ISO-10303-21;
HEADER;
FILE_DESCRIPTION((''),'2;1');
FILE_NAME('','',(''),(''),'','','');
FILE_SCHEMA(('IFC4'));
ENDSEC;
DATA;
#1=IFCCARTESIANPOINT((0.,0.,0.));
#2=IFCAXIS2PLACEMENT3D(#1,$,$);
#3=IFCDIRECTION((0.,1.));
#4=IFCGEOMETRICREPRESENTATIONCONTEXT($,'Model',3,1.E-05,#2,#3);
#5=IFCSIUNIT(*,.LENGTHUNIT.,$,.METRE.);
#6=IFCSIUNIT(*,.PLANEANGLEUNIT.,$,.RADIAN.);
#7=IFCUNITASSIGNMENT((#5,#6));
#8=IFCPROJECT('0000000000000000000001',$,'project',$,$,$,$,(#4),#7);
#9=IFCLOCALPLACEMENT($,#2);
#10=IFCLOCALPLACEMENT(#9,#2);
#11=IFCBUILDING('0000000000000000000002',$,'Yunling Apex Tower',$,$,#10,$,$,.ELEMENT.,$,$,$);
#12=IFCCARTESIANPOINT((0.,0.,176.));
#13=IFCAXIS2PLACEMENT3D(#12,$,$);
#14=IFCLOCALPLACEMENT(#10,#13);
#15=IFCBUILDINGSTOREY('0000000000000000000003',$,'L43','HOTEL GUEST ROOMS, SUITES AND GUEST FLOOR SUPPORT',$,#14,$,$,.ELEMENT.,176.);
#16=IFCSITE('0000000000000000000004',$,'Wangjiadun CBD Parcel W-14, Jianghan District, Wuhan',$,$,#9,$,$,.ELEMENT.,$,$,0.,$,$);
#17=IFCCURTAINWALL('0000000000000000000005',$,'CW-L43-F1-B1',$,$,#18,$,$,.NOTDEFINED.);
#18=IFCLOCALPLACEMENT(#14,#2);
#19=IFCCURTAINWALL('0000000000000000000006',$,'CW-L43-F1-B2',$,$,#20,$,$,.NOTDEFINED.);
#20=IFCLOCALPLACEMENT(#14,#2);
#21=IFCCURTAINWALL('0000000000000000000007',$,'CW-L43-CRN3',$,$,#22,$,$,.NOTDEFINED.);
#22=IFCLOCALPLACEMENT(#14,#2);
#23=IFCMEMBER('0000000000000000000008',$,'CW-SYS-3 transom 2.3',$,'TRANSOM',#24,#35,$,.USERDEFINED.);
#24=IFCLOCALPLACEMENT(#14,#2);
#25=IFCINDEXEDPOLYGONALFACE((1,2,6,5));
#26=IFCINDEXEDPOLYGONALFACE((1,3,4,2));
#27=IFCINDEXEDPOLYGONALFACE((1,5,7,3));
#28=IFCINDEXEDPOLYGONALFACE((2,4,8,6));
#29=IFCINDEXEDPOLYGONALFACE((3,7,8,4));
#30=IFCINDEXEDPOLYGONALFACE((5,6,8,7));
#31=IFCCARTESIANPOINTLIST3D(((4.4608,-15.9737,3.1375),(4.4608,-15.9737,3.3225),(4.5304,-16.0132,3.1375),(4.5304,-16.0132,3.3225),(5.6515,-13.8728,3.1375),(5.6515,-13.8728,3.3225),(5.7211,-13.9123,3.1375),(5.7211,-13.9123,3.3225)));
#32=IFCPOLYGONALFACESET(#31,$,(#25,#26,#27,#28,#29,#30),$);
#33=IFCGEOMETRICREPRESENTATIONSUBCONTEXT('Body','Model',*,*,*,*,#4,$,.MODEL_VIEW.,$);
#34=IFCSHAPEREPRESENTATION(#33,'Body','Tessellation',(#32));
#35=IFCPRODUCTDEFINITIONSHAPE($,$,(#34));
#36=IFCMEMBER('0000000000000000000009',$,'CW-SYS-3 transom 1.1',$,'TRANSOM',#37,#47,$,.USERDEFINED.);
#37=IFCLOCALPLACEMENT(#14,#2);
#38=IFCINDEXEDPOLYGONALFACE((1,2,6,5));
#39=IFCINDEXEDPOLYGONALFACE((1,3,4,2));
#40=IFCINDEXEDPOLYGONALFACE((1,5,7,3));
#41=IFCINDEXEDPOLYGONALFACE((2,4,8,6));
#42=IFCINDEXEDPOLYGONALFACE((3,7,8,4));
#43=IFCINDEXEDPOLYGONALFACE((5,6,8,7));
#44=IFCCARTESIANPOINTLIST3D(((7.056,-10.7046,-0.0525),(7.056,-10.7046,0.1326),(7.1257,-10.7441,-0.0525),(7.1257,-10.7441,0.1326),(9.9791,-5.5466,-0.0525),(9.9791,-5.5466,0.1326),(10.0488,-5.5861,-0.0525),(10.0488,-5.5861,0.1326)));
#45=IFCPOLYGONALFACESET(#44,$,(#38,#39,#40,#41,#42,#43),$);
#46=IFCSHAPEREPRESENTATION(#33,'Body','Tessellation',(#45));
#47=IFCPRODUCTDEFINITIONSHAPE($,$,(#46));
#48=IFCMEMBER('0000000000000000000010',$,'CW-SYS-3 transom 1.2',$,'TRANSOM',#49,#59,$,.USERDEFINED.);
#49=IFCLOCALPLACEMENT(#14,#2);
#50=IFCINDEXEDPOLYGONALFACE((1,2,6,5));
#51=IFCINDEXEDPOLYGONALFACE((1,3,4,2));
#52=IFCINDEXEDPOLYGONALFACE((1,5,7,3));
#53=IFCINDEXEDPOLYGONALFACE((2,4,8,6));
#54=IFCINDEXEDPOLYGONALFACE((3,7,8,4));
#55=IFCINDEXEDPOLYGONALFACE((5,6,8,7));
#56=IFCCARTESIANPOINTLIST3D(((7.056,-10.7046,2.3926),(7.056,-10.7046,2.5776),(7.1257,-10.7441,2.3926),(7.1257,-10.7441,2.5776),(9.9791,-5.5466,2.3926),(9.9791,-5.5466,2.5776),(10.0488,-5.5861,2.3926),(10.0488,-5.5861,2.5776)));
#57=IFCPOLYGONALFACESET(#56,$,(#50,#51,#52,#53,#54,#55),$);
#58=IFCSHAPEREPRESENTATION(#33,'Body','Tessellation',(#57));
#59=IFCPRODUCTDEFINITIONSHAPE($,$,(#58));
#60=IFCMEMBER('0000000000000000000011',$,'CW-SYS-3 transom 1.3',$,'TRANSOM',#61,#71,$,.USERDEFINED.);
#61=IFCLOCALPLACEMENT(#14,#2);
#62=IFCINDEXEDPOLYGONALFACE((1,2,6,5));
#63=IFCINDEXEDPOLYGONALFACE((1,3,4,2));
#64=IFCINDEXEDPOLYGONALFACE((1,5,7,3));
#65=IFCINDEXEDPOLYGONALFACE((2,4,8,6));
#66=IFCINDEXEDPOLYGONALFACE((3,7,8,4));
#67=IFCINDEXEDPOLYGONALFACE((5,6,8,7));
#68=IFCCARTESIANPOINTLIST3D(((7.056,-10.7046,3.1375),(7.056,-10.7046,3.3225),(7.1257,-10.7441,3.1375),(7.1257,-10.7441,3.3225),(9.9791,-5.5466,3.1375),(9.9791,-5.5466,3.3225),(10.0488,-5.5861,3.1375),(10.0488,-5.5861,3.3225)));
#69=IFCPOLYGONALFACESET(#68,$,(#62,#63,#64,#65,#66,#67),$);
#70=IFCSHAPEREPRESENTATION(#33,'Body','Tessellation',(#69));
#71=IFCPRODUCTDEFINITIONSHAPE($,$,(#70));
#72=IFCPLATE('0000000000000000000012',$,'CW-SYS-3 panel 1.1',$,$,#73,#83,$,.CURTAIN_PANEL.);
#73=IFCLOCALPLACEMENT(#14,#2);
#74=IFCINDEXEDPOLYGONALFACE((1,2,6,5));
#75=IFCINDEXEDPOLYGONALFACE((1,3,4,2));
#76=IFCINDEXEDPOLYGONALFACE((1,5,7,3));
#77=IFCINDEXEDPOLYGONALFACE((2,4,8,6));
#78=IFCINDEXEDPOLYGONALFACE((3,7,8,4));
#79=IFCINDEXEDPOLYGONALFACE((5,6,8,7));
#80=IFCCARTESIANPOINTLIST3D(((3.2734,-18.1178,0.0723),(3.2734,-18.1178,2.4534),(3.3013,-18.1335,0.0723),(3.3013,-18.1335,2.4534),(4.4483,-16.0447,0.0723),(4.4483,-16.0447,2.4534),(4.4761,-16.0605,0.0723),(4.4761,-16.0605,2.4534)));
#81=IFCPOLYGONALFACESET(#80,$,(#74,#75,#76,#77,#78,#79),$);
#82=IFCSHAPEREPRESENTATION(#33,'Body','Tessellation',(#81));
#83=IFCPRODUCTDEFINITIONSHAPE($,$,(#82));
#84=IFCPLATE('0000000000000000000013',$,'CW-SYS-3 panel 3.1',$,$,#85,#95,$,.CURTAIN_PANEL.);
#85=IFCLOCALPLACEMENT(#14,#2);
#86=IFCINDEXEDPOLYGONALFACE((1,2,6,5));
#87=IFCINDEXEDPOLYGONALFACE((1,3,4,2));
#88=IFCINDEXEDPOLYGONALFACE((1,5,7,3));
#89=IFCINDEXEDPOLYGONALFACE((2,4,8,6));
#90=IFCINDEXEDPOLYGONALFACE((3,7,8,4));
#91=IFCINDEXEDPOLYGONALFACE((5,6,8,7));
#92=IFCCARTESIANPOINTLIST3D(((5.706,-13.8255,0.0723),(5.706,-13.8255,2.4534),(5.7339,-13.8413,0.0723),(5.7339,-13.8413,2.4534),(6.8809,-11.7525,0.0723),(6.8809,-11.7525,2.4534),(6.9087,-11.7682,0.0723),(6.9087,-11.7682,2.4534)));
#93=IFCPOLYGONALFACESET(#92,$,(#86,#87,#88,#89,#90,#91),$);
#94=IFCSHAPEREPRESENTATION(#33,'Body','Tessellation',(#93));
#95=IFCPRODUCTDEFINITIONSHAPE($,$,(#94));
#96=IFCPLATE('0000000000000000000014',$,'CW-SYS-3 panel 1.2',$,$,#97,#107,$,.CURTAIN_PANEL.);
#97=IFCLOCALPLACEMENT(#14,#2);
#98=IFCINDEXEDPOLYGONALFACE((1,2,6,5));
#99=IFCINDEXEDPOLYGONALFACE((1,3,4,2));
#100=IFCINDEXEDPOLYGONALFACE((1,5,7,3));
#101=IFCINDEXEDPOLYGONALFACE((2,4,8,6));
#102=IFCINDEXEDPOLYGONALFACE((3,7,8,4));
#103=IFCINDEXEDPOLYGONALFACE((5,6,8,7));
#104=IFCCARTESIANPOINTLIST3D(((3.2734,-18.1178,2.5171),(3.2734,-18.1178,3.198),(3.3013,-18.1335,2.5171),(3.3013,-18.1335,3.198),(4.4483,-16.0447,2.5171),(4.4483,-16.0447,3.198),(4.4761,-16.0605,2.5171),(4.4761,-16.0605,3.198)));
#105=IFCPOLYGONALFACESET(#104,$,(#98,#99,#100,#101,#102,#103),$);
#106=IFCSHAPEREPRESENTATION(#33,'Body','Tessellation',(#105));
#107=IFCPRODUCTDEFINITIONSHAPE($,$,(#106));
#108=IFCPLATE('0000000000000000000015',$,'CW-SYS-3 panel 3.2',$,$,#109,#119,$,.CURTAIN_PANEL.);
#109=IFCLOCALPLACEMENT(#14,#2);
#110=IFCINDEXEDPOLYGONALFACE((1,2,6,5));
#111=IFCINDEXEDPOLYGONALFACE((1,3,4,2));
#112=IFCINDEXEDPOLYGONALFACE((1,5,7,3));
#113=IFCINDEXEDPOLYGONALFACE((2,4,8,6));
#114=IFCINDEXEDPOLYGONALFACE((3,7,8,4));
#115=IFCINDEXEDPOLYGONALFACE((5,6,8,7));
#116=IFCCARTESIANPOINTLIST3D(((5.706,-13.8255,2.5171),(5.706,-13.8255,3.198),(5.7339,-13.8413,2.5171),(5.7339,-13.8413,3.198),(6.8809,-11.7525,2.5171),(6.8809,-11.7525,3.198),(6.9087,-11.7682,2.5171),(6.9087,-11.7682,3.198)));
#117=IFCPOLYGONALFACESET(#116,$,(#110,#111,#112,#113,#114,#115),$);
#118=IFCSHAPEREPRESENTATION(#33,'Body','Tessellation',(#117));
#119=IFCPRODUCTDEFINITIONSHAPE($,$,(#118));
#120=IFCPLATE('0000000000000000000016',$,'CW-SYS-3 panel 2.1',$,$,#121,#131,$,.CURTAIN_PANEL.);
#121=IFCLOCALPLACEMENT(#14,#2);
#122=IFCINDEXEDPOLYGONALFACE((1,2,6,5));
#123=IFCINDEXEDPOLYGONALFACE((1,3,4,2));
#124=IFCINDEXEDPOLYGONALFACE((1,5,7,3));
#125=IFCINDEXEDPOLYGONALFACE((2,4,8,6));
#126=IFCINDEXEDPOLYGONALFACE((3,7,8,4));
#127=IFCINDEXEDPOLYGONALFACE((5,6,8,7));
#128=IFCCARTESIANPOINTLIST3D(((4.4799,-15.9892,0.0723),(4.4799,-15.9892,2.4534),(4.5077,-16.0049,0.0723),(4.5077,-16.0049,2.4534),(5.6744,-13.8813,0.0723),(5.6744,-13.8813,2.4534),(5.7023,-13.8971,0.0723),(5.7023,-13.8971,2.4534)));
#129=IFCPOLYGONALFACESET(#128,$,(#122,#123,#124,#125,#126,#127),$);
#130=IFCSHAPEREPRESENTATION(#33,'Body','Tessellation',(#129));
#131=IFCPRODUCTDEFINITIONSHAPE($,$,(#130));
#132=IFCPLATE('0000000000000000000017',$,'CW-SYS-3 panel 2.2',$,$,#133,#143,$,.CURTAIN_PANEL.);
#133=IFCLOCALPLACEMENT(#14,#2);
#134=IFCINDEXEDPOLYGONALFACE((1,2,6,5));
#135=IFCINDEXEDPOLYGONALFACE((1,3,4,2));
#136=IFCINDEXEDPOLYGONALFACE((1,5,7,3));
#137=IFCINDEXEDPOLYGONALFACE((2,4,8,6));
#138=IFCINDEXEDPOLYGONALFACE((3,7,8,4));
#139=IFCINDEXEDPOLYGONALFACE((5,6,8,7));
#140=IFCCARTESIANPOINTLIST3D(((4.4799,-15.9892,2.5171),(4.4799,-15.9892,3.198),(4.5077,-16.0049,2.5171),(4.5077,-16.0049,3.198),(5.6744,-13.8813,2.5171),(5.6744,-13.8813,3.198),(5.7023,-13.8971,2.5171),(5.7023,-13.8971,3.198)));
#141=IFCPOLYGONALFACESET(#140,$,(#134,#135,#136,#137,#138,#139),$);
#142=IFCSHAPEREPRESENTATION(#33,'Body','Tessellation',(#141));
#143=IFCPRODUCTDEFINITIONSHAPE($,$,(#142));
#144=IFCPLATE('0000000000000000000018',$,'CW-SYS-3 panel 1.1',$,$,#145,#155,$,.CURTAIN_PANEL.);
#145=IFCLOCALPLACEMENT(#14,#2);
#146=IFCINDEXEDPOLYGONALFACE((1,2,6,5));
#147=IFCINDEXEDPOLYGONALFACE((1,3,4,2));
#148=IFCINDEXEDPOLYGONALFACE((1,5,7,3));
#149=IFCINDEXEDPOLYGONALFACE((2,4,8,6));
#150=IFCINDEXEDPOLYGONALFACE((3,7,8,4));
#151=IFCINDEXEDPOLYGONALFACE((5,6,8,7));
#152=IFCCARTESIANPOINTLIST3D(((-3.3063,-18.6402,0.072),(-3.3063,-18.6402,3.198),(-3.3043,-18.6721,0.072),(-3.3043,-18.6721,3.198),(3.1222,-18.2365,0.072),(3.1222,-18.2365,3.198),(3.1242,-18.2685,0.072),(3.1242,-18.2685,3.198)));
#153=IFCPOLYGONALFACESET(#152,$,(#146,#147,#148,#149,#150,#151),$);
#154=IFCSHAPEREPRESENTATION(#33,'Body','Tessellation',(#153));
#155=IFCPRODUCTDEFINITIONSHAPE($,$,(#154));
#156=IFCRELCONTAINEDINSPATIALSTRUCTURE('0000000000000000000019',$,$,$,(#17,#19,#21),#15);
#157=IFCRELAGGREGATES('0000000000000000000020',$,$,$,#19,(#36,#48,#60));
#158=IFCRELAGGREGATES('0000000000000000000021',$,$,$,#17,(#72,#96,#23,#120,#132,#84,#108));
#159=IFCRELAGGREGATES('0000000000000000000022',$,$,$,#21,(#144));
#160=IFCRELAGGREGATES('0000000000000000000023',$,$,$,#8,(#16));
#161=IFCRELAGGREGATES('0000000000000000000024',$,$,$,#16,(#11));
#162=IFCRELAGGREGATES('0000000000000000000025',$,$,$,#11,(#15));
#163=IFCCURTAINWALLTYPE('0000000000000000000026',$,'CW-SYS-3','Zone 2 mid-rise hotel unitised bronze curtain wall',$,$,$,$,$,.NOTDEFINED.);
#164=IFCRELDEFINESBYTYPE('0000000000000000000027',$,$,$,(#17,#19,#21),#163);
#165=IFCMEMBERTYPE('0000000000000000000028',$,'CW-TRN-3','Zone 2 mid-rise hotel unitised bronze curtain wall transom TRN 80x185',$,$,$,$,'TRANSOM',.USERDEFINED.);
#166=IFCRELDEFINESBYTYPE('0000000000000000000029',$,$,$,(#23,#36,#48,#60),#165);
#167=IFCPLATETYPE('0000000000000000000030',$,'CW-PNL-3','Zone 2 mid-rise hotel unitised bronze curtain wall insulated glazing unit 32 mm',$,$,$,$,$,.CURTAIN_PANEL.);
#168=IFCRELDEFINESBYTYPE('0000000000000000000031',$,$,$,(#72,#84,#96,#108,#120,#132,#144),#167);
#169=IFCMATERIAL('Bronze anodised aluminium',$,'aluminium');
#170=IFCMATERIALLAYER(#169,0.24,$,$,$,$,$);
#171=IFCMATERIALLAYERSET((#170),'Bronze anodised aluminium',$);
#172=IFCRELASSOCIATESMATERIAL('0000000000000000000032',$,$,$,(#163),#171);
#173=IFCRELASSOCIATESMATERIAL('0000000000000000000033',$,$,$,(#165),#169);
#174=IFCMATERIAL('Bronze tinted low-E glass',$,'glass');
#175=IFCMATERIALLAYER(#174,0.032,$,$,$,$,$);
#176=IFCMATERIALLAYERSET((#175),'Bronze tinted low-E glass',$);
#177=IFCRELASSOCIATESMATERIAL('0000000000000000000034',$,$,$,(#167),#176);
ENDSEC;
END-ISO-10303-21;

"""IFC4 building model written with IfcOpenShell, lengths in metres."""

from ifc_helpers import new_model, si_unit, direction, frame, origin, origin_2d, place, context, subcontext, project, spatial, rectangle, extrude, source, transform, mapped, material, layer, layer_set, material_profile, profile_set, type_object, element, aggregate, save


model = new_model("IFC4")

# Units and contexts
model_context = context("Model", 3, precision=1e-05, world=origin(), true_north=direction((0.0, 1.0)))
body_context = subcontext(model_context, "Body", "Model", "MODEL_VIEW")
ifc_project = project(units=[si_unit("LENGTHUNIT", "METRE"), si_unit("PLANEANGLEUNIT", "RADIAN")], contexts=[model_context])

# Site, building, storey
site_placement = place(None, origin())
site = spatial("IfcSite", under=ifc_project, at=site_placement, Name="Wangjiadun CBD Parcel W-14, Jianghan District, Wuhan", CompositionType="ELEMENT", RefElevation=0.0)
building_placement = place(site_placement, origin())
building = spatial("IfcBuilding", under=site, at=building_placement, Name="Yunling Apex Tower", CompositionType="ELEMENT")
storey_placement = place(building_placement, frame((0.0, 0.0, 176.0)))
storey = spatial("IfcBuildingStorey", under=building, at=storey_placement, Name="L43", Description="HOTEL GUEST ROOMS, SUITES AND GUEST FLOOR SUPPORT", CompositionType="ELEMENT", Elevation=176.0)

# Curtain wall
ifc_material_1 = material(Name="Bronze anodised aluminium", Category="aluminium")
ifc_layer_1 = layer(ifc_material_1, 0.24)
ifc_layer_set_1 = layer_set([ifc_layer_1], Name="Bronze anodised aluminium")
curtain_wall_type = type_object("IfcCurtainWallType", Name="CW-SYS-3", Description="Zone 2 mid-rise hotel unitised bronze curtain wall", PredefinedType="NOTDEFINED", material=ifc_layer_set_1)
curtain_wall_1_placement = place(storey_placement, origin())
curtain_wall_1 = element("IfcCurtainWall", 1, at=curtain_wall_1_placement, inside=storey, type_object=curtain_wall_type, Name="CW-L43-F1-B1", PredefinedType="NOTDEFINED")

# Curtain walls
curtain_wall_2_placement = place(storey_placement, origin())
curtain_wall_2 = element("IfcCurtainWall", 2, at=curtain_wall_2_placement, inside=storey, type_object=curtain_wall_type, Name="CW-L43-F1-B2", PredefinedType="NOTDEFINED")
curtain_wall_3_placement = place(storey_placement, origin())
curtain_wall_3 = element("IfcCurtainWall", 3, at=curtain_wall_3_placement, inside=storey, type_object=curtain_wall_type, Name="CW-L43-CRN3", PredefinedType="NOTDEFINED")

# Members
ifc_material_profile_1 = material_profile(ifc_material_1, rectangle(XDim=0.0801, YDim=0.1851, at=origin_2d()))
ifc_profile_set_1 = profile_set([ifc_material_profile_1], Name="Bronze anodised aluminium")
member_type_1 = type_object("IfcMemberType", Name="CW-TRN-3", Description="Zone 2 mid-rise hotel unitised bronze curtain wall transom TRN 80x185", ElementType="TRANSOM", PredefinedType="USERDEFINED", material=ifc_profile_set_1)
shared_shape_1 = source(origin(), body_context, "Body", "SweptSolid", [
    extrude(rectangle(XDim=0.0801, YDim=0.1851, at=origin_2d()), origin(), (0.0, 0.0, 1.0), 2.4148),
])
member_1_placement = place(storey_placement, frame((4.4956, -15.9934, 3.23), z_axis=(0.493076, 0.869986, 0.0), x_axis=(-0.869986, 0.493076, 0.0)))
member_1 = element("IfcMember", 4, at=member_1_placement, type_object=member_type_1, Name="CW-SYS-3 transom 2.3", ObjectType="TRANSOM", PredefinedType="USERDEFINED", context=body_context, shape_type="MappedRepresentation", body=[
    mapped(shared_shape_1, transform((0.0, 0.0, 0.0), scale=1.0)),
])
shared_shape_2 = source(origin(), body_context, "Body", "SweptSolid", [
    extrude(rectangle(XDim=0.0801, YDim=0.1851, at=origin_2d()), origin(), (0.0, 0.0, 1.0), 5.9287),
])
member_2_placement = place(storey_placement, frame((7.0908, -10.7244, 0.04), z_axis=(0.493045, 0.870004, 0.0), x_axis=(-0.870004, 0.493045, 0.0)))
member_2 = element("IfcMember", 5, at=member_2_placement, type_object=member_type_1, Name="CW-SYS-3 transom 1.1", ObjectType="TRANSOM", PredefinedType="USERDEFINED", context=body_context, shape_type="MappedRepresentation", body=[
    mapped(shared_shape_2, transform((0.0, 0.0, 0.0), scale=1.0)),
])
member_3_placement = place(storey_placement, frame((7.0908, -10.7244, 2.4851), z_axis=(0.493045, 0.870004, 0.0), x_axis=(-0.870004, 0.493045, 0.0)))
member_3 = element("IfcMember", 6, at=member_3_placement, type_object=member_type_1, Name="CW-SYS-3 transom 1.2", ObjectType="TRANSOM", PredefinedType="USERDEFINED", context=body_context, shape_type="MappedRepresentation", body=[
    mapped(shared_shape_2, transform((0.0, 0.0, 0.0), scale=1.0)),
])
member_4_placement = place(storey_placement, frame((7.0908, -10.7244, 3.23), z_axis=(0.493045, 0.870004, 0.0), x_axis=(-0.870004, 0.493045, 0.0)))
member_4 = element("IfcMember", 7, at=member_4_placement, type_object=member_type_1, Name="CW-SYS-3 transom 1.3", ObjectType="TRANSOM", PredefinedType="USERDEFINED", context=body_context, shape_type="MappedRepresentation", body=[
    mapped(shared_shape_2, transform((0.0, 0.0, 0.0), scale=1.0)),
])
aggregate(curtain_wall_2, [member_2, member_3, member_4])

# Plates
ifc_material_2 = material(Name="Bronze tinted low-E glass", Category="glass")
ifc_layer_2 = layer(ifc_material_2, 0.032)
ifc_layer_set_2 = layer_set([ifc_layer_2], Name="Bronze tinted low-E glass")
plate_type = type_object("IfcPlateType", Name="CW-PNL-3", Description="Zone 2 mid-rise hotel unitised bronze curtain wall insulated glazing unit 32 mm", PredefinedType="CURTAIN_PANEL", material=ifc_layer_set_2)
shared_shape_3 = source(origin(), body_context, "Body", "SweptSolid", [
    extrude(rectangle(XDim=2.3828, YDim=0.032, at=origin_2d()), origin(), (0.0, 0.0, 1.0), 2.3811),
])
plate_1_placement = place(storey_placement, frame((3.8748, -17.0891, 0.0723), z_axis=(0.0, 0.0, 1.0), x_axis=(0.493041, 0.870006, 0.0)))
plate_1 = element("IfcPlate", 8, at=plate_1_placement, type_object=plate_type, Name="CW-SYS-3 panel 1.1", PredefinedType="CURTAIN_PANEL", context=body_context, shape_type="MappedRepresentation", body=[
    mapped(shared_shape_3, transform((0.0, 0.0, 0.0), scale=1.0)),
])
plate_2_placement = place(storey_placement, frame((6.3074, -12.7969, 0.0723), z_axis=(0.0, 0.0, 1.0), x_axis=(0.493041, 0.870006, 0.0)))
plate_2 = element("IfcPlate", 9, at=plate_2_placement, type_object=plate_type, Name="CW-SYS-3 panel 3.1", PredefinedType="CURTAIN_PANEL", context=body_context, shape_type="MappedRepresentation", body=[
    mapped(shared_shape_3, transform((0.0, 0.0, 0.0), scale=1.0)),
])
shared_shape_4 = source(origin(), body_context, "Body", "SweptSolid", [
    extrude(rectangle(XDim=2.3828, YDim=0.032, at=origin_2d()), origin(), (0.0, 0.0, 1.0), 0.6809),
])
plate_3_placement = place(storey_placement, frame((3.8748, -17.0891, 2.5171), z_axis=(0.0, 0.0, 1.0), x_axis=(0.493041, 0.870006, 0.0)))
plate_3 = element("IfcPlate", 10, at=plate_3_placement, type_object=plate_type, Name="CW-SYS-3 panel 1.2", PredefinedType="CURTAIN_PANEL", context=body_context, shape_type="MappedRepresentation", body=[
    mapped(shared_shape_4, transform((0.0, 0.0, 0.0), scale=1.0)),
])
plate_4_placement = place(storey_placement, frame((6.3074, -12.7969, 2.5171), z_axis=(0.0, 0.0, 1.0), x_axis=(0.493041, 0.870006, 0.0)))
plate_4 = element("IfcPlate", 11, at=plate_4_placement, type_object=plate_type, Name="CW-SYS-3 panel 3.2", PredefinedType="CURTAIN_PANEL", context=body_context, shape_type="MappedRepresentation", body=[
    mapped(shared_shape_4, transform((0.0, 0.0, 0.0), scale=1.0)),
])
shared_shape_5 = source(origin(), body_context, "Body", "SweptSolid", [
    extrude(rectangle(XDim=2.4229, YDim=0.032, at=origin_2d()), origin(), (0.0, 0.0, 1.0), 2.3811),
])
plate_5_placement = place(storey_placement, frame((5.0911, -14.9431, 0.0723), z_axis=(0.0, 0.0, 1.0), x_axis=(0.493041, 0.870006, 0.0)))
plate_5 = element("IfcPlate", 12, at=plate_5_placement, type_object=plate_type, Name="CW-SYS-3 panel 2.1", PredefinedType="CURTAIN_PANEL", context=body_context, shape_type="MappedRepresentation", body=[
    mapped(shared_shape_5, transform((0.0, 0.0, 0.0), scale=1.0)),
])
shared_shape_6 = source(origin(), body_context, "Body", "SweptSolid", [
    extrude(rectangle(XDim=2.4229, YDim=0.032, at=origin_2d()), origin(), (0.0, 0.0, 1.0), 0.6809),
])
plate_6_placement = place(storey_placement, frame((5.0911, -14.9431, 2.5171), z_axis=(0.0, 0.0, 1.0), x_axis=(0.493041, 0.870006, 0.0)))
plate_6 = element("IfcPlate", 13, at=plate_6_placement, type_object=plate_type, Name="CW-SYS-3 panel 2.2", PredefinedType="CURTAIN_PANEL", context=body_context, shape_type="MappedRepresentation", body=[
    mapped(shared_shape_6, transform((0.0, 0.0, 0.0), scale=1.0)),
])
aggregate(curtain_wall_1, [plate_1, plate_3, member_1, plate_5, plate_6, plate_2, plate_4])
shared_shape_7 = source(origin(), body_context, "Body", "SweptSolid", [
    extrude(rectangle(XDim=6.4412, YDim=0.032, at=origin_2d()), origin(), (0.0, 0.0, 1.0), 3.126),
])
plate_7_placement = place(storey_placement, frame((-0.0911, -18.4543, 0.072), z_axis=(0.0, 0.0, 1.0), x_axis=(0.998034, 0.062672, 0.0)))
plate_7 = element("IfcPlate", 14, at=plate_7_placement, type_object=plate_type, Name="CW-SYS-3 panel 1.1", PredefinedType="CURTAIN_PANEL", context=body_context, shape_type="MappedRepresentation", body=[
    mapped(shared_shape_7, transform((0.0, 0.0, 0.0), scale=1.0)),
])
aggregate(curtain_wall_3, [plate_7])

save(model, "model.ifc")
